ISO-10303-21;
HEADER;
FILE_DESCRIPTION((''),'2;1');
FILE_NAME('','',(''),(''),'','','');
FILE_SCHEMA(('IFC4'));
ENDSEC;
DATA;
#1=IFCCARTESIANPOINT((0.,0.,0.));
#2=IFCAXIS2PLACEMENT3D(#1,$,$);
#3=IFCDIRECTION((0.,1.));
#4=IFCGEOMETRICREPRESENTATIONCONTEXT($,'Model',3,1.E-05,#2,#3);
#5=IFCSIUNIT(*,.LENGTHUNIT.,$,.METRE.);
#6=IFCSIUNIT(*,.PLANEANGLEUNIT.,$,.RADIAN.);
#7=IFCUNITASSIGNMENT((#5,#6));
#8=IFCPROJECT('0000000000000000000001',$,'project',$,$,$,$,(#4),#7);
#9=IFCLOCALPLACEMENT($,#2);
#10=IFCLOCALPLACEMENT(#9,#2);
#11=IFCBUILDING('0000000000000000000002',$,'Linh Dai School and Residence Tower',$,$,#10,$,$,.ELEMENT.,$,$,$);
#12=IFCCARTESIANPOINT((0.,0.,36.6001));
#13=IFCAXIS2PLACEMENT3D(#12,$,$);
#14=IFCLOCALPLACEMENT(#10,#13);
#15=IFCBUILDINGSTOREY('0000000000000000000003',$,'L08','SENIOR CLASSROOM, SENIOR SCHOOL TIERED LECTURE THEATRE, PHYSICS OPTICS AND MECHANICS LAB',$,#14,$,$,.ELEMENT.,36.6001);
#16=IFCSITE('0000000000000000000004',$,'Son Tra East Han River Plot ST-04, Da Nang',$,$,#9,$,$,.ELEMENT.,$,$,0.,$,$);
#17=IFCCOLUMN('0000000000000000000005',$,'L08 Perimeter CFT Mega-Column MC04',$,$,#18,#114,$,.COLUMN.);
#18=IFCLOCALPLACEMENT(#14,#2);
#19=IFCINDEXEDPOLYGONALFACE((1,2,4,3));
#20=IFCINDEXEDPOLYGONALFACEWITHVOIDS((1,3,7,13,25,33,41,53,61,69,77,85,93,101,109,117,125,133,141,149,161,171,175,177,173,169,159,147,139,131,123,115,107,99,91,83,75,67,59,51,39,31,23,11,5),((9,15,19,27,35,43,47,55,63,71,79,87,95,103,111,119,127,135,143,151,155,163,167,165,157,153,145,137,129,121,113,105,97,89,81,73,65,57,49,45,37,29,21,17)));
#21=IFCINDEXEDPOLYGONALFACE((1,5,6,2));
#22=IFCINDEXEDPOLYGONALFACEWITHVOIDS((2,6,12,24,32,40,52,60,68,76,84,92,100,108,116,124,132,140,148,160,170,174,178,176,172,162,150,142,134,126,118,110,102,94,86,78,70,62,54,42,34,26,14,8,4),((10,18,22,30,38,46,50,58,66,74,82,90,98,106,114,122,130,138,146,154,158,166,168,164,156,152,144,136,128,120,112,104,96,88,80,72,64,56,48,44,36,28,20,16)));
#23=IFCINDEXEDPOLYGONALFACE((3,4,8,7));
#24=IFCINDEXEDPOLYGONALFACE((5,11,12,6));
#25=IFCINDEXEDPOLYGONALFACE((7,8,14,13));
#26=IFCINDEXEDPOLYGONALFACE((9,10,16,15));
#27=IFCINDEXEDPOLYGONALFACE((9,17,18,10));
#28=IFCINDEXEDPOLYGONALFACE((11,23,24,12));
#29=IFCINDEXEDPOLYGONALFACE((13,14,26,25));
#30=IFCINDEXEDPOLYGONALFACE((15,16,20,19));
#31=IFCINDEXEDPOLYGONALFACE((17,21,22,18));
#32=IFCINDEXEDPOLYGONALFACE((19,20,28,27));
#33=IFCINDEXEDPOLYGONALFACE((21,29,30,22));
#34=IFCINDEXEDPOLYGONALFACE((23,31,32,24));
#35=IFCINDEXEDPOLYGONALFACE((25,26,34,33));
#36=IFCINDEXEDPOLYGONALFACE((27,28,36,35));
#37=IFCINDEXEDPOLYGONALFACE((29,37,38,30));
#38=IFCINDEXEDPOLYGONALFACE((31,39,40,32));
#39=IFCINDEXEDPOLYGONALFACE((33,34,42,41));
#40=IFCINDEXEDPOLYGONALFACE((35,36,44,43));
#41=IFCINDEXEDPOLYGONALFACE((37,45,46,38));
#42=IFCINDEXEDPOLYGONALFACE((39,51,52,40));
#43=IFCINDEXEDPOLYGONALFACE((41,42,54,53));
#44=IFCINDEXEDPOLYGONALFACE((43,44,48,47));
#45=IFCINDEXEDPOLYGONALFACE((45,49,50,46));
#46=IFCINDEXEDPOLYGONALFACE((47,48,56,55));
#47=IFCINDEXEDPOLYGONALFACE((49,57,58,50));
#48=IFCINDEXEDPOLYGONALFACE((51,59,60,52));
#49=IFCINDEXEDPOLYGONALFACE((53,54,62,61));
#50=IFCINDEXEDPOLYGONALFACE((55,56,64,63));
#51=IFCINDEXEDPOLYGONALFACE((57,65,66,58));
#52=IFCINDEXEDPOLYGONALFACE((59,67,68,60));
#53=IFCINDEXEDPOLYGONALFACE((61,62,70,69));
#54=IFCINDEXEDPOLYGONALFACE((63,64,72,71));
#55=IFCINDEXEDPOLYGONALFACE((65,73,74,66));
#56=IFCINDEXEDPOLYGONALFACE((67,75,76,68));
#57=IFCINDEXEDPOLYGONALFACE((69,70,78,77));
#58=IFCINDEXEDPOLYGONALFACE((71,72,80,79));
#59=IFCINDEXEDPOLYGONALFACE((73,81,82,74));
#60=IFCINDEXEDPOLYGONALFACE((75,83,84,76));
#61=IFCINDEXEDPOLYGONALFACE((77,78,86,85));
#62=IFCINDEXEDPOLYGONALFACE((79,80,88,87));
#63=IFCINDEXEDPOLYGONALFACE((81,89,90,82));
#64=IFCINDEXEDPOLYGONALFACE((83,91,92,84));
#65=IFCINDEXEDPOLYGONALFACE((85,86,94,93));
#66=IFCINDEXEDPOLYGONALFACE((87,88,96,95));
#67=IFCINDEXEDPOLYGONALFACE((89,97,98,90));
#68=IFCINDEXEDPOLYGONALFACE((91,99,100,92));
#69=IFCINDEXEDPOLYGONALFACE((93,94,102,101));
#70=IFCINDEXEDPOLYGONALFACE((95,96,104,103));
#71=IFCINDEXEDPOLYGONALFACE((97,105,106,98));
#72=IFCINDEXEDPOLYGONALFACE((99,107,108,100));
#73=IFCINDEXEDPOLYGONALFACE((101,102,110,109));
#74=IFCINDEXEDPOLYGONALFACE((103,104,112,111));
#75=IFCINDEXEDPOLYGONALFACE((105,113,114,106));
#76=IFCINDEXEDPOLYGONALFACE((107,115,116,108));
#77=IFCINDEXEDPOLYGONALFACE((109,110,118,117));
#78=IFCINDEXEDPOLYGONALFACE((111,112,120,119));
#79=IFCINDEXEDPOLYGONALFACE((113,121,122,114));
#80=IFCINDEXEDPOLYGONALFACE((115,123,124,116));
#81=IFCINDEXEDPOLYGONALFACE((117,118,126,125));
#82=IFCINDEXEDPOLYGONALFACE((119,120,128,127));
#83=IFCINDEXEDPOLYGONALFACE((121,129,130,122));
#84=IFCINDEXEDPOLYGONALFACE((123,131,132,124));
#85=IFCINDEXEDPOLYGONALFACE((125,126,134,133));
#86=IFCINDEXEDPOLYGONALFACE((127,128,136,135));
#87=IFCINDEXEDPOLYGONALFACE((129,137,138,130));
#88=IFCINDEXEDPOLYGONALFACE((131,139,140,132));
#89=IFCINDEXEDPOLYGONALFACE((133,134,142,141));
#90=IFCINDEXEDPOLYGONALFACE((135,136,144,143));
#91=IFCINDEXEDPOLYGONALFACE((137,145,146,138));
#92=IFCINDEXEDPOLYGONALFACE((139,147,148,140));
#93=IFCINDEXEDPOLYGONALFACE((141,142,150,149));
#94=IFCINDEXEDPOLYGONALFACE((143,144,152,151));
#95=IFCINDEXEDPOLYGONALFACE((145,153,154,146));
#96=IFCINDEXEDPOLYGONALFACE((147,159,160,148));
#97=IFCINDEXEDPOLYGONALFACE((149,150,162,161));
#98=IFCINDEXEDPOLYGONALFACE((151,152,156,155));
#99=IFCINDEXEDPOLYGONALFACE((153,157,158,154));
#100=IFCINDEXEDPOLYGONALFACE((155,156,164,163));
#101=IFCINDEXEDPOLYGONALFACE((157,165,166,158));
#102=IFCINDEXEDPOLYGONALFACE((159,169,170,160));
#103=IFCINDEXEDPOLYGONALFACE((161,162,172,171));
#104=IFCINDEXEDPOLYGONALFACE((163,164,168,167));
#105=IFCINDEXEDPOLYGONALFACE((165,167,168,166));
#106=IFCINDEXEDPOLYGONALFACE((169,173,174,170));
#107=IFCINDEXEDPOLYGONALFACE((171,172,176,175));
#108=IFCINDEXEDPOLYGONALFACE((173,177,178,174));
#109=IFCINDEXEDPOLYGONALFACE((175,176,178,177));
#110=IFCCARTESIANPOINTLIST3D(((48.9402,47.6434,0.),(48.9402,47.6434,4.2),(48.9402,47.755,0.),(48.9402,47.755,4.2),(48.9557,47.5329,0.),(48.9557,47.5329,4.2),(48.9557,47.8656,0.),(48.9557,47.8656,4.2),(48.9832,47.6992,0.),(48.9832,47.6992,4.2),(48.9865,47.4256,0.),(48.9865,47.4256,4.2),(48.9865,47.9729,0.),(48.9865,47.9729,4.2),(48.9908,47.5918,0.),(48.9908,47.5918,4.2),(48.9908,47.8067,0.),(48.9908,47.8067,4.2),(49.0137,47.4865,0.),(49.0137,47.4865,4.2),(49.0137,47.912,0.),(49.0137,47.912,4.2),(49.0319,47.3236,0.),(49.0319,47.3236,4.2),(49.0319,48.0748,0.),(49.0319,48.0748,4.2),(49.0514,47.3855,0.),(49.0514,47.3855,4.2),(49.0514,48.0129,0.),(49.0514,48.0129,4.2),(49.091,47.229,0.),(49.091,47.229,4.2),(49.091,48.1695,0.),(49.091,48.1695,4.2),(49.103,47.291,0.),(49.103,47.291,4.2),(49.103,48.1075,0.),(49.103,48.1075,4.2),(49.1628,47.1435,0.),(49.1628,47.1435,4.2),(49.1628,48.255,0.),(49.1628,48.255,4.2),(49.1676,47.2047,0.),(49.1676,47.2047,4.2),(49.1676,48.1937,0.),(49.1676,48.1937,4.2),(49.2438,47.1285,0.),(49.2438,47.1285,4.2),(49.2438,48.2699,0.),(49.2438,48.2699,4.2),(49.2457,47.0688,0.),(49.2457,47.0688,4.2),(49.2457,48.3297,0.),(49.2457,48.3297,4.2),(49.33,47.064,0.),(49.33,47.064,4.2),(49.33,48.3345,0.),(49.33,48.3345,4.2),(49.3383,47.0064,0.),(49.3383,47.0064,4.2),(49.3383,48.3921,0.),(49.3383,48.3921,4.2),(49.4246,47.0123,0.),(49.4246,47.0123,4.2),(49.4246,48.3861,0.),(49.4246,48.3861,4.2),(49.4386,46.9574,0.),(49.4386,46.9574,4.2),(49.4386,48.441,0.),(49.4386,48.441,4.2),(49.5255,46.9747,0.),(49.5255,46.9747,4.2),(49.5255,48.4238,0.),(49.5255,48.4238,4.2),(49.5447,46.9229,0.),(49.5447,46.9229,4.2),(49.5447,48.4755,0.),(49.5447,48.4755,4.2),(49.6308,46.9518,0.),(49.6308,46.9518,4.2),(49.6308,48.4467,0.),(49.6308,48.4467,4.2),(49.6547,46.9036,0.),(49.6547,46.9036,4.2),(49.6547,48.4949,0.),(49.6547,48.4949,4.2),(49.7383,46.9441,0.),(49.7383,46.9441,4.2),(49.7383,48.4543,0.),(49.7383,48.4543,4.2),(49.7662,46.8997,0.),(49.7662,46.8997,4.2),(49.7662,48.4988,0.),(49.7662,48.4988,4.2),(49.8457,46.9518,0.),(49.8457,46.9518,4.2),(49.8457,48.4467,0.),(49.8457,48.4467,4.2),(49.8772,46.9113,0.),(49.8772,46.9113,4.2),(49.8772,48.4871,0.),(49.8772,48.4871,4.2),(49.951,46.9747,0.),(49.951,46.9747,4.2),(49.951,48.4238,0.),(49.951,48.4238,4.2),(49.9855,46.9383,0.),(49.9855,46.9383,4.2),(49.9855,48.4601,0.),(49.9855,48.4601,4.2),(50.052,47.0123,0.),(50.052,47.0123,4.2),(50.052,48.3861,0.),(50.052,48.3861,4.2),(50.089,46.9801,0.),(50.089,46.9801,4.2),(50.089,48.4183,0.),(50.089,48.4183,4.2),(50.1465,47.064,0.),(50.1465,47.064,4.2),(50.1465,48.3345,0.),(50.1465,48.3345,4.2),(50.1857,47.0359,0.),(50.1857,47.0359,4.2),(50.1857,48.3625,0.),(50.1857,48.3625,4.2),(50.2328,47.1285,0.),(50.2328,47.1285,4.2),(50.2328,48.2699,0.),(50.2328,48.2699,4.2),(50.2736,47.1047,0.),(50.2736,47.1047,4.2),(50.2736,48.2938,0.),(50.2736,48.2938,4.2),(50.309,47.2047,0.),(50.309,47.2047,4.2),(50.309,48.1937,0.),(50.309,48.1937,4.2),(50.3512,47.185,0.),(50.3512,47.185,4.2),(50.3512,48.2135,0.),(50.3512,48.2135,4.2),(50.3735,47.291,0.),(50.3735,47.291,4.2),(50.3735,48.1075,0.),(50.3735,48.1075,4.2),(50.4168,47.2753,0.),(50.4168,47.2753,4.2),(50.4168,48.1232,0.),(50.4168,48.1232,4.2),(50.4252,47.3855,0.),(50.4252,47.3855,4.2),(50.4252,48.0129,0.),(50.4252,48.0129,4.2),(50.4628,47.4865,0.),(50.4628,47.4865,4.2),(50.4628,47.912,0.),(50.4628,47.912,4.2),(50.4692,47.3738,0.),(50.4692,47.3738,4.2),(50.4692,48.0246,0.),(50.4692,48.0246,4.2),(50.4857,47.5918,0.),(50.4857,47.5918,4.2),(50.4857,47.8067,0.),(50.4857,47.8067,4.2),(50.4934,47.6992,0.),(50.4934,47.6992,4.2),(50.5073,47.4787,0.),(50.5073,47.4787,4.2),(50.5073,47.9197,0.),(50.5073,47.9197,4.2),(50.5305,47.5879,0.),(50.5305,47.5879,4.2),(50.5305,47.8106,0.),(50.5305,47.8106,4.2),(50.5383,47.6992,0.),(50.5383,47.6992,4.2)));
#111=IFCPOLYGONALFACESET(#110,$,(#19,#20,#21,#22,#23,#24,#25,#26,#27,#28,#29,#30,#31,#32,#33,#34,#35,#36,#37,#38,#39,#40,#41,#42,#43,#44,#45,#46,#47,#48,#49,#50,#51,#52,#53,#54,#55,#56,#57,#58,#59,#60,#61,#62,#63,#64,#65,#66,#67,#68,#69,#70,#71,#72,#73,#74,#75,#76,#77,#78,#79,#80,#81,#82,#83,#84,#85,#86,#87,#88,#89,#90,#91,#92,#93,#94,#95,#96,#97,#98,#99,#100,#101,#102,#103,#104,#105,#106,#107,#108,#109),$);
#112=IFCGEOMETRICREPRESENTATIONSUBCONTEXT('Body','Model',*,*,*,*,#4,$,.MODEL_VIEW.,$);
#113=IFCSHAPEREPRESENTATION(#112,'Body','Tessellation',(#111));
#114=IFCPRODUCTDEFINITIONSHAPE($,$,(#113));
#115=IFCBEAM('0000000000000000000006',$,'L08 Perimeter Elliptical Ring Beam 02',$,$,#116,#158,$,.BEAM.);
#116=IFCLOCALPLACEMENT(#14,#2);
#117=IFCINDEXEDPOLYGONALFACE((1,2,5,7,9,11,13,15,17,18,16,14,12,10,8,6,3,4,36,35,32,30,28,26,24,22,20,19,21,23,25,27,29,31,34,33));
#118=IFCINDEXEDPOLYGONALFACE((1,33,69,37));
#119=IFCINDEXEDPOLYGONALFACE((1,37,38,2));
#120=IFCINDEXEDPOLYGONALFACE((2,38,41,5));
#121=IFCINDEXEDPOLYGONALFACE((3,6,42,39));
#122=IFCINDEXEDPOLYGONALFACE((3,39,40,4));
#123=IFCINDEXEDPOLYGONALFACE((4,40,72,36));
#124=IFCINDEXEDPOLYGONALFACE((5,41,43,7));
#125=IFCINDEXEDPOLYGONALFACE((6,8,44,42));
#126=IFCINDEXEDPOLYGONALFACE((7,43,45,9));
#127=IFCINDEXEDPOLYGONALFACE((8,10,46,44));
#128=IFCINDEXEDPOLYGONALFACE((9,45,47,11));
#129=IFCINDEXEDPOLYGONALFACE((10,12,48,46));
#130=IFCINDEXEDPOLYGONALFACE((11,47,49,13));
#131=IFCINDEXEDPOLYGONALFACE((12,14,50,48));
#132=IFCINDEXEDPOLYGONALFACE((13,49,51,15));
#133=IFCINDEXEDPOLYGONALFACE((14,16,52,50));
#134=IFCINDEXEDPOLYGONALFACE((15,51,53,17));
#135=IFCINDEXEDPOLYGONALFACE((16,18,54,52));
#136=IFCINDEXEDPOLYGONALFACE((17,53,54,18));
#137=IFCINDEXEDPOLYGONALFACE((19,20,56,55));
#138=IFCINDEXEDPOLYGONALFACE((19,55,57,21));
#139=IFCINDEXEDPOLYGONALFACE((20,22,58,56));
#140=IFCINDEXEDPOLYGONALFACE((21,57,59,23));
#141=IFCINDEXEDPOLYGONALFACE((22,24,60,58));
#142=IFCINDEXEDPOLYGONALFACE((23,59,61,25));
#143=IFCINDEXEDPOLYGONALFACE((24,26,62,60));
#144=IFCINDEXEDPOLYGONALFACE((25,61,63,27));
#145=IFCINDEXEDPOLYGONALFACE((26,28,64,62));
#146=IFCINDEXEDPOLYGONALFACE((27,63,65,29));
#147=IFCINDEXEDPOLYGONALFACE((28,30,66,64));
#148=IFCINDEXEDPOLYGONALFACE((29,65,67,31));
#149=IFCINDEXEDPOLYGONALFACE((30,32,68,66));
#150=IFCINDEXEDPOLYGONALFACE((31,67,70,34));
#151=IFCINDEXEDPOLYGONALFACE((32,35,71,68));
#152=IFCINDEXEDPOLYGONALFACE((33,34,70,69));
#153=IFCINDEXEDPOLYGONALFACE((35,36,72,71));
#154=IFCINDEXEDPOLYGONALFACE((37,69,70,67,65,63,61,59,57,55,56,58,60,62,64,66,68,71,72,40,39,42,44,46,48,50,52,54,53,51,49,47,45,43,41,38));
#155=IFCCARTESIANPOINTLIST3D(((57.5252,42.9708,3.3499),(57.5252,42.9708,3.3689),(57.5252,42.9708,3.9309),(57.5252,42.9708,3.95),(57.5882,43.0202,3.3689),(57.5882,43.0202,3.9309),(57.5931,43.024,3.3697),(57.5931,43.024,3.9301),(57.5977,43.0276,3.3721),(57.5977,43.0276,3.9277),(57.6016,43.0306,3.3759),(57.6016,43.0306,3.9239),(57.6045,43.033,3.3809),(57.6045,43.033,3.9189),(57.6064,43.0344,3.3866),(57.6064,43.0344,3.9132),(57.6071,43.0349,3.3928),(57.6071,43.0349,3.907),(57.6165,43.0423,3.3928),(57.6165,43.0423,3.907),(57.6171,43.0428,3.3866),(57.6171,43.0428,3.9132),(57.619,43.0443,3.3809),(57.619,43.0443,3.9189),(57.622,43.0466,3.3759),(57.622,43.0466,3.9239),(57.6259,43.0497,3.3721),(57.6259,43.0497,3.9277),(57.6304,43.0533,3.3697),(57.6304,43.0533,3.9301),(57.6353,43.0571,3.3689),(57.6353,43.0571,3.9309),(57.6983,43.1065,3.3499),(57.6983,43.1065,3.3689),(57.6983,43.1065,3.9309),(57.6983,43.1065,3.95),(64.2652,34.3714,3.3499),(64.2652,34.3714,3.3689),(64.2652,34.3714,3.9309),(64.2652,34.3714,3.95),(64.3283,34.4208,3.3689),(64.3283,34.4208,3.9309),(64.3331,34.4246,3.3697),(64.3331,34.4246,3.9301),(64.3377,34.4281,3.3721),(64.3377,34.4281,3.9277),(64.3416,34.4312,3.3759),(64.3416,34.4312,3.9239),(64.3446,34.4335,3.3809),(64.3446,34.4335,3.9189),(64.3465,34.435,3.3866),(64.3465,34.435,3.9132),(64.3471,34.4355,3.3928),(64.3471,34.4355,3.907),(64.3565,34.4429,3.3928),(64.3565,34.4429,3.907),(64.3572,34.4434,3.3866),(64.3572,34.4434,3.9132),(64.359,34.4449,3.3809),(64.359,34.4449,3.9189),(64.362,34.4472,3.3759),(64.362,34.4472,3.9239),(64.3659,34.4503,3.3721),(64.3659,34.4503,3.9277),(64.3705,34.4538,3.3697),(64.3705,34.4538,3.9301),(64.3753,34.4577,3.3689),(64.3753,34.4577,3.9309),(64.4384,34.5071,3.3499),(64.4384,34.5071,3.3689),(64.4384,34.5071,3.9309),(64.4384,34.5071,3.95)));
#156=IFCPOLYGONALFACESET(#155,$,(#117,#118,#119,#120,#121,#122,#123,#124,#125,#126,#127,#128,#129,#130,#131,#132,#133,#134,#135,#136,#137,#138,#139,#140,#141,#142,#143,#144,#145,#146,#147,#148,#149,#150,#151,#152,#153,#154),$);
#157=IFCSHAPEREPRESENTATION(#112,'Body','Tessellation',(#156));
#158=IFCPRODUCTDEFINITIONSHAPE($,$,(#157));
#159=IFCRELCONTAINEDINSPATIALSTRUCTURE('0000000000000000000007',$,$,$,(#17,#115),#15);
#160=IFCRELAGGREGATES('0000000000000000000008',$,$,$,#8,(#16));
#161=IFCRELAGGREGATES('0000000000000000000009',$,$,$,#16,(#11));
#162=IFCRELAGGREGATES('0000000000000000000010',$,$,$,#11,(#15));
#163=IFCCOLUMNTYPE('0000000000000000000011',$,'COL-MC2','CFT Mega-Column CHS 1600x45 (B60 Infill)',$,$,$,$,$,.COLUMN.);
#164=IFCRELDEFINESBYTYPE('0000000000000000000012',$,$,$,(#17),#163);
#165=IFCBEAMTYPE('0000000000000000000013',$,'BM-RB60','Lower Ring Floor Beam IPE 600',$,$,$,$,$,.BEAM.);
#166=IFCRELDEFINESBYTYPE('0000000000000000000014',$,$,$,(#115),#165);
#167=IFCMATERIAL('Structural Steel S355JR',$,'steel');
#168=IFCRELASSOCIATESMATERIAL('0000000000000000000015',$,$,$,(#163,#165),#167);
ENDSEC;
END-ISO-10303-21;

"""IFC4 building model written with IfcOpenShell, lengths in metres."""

from ifc_helpers import new_model, si_unit, direction, frame, origin, origin_2d, place, context, subcontext, project, spatial, hollow_circle, i_section, extrude, material, material_profile, profile_set, type_object, element, save


model = new_model("IFC4")

# Units and contexts
model_context = context("Model", 3, precision=1e-05, world=origin(), true_north=direction((0.0, 1.0)))
body_context = subcontext(model_context, "Body", "Model", "MODEL_VIEW")
ifc_project = project(units=[si_unit("LENGTHUNIT", "METRE"), si_unit("PLANEANGLEUNIT", "RADIAN")], contexts=[model_context])

# Site, building, storey
site_placement = place(None, origin())
site = spatial("IfcSite", under=ifc_project, at=site_placement, Name="Son Tra East Han River Plot ST-04, Da Nang", CompositionType="ELEMENT", RefElevation=0.0)
building_placement = place(site_placement, origin())
building = spatial("IfcBuilding", under=site, at=building_placement, Name="Linh Dai School and Residence Tower", CompositionType="ELEMENT")
storey_placement = place(building_placement, frame((0.0, 0.0, 36.6001)))
storey = spatial("IfcBuildingStorey", under=building, at=storey_placement, Name="L08", Description="SENIOR CLASSROOM, SENIOR SCHOOL TIERED LECTURE THEATRE, PHYSICS OPTICS AND MECHANICS LAB", CompositionType="ELEMENT", Elevation=36.6001)

# Column
ifc_material_1 = material(Name="Structural Steel S355JR", Category="steel")
ifc_material_profile_1 = material_profile(ifc_material_1, hollow_circle(Radius=0.8, WallThickness=0.0449, at=origin_2d()), Name="CHS 1600x45")
ifc_profile_set_1 = profile_set([ifc_material_profile_1], Name="Structural Steel S355JR")
column_type_1 = type_object("IfcColumnType", Name="COL-MC2", Description="CFT Mega-Column CHS 1600x45 (B60 Infill)", PredefinedType="COLUMN", material=ifc_profile_set_1)
for number, where, z_axis, x_axis, name in (
    (1, (49.7383, 47.6992, 0.0), (0.0, 0.0, 1.0), (1.0, 0.0, 0.0), "L08 Perimeter CFT Mega-Column MC04"),
):
    element("IfcColumn", number, at=place(storey_placement, frame(where, z_axis=z_axis, x_axis=x_axis)), inside=storey, type_object=column_type_1, Name=name, PredefinedType="COLUMN", context=body_context, shape_type="SweptSolid", body=[
        extrude(hollow_circle(Radius=0.8, WallThickness=0.0449, at=origin_2d()), origin(), (0.0, 0.0, 1.0), 4.2),
    ])

# Beam
ifc_material_profile_2 = material_profile(ifc_material_1, i_section(OverallWidth=0.22, OverallDepth=0.6001, WebThickness=0.012, FlangeThickness=0.019, FilletRadius=0.0239, at=origin_2d()), Name="IPE 600")
ifc_profile_set_2 = profile_set([ifc_material_profile_2], Name="Structural Steel S355JR")
beam_type_1 = type_object("IfcBeamType", Name="BM-RB60", Description="Lower Ring Floor Beam IPE 600", PredefinedType="BEAM", material=ifc_profile_set_2)
beam_1_placement = place(storey_placement, frame((64.3518, 34.4392, 3.6499), z_axis=(-0.616879, 0.787058, 0.0), x_axis=(-0.787058, -0.616879, 0.0)))
element("IfcBeam", 2, at=beam_1_placement, inside=storey, type_object=beam_type_1, Name="L08 Perimeter Elliptical Ring Beam 02", PredefinedType="BEAM", context=body_context, shape_type="SweptSolid", body=[
    extrude(i_section(OverallWidth=0.22, OverallDepth=0.6001, WebThickness=0.012, FlangeThickness=0.019, FilletRadius=0.0239, at=origin_2d()), origin(), (0.0, 0.0, 1.0), 10.926),
])

save(model, "model.ifc")
